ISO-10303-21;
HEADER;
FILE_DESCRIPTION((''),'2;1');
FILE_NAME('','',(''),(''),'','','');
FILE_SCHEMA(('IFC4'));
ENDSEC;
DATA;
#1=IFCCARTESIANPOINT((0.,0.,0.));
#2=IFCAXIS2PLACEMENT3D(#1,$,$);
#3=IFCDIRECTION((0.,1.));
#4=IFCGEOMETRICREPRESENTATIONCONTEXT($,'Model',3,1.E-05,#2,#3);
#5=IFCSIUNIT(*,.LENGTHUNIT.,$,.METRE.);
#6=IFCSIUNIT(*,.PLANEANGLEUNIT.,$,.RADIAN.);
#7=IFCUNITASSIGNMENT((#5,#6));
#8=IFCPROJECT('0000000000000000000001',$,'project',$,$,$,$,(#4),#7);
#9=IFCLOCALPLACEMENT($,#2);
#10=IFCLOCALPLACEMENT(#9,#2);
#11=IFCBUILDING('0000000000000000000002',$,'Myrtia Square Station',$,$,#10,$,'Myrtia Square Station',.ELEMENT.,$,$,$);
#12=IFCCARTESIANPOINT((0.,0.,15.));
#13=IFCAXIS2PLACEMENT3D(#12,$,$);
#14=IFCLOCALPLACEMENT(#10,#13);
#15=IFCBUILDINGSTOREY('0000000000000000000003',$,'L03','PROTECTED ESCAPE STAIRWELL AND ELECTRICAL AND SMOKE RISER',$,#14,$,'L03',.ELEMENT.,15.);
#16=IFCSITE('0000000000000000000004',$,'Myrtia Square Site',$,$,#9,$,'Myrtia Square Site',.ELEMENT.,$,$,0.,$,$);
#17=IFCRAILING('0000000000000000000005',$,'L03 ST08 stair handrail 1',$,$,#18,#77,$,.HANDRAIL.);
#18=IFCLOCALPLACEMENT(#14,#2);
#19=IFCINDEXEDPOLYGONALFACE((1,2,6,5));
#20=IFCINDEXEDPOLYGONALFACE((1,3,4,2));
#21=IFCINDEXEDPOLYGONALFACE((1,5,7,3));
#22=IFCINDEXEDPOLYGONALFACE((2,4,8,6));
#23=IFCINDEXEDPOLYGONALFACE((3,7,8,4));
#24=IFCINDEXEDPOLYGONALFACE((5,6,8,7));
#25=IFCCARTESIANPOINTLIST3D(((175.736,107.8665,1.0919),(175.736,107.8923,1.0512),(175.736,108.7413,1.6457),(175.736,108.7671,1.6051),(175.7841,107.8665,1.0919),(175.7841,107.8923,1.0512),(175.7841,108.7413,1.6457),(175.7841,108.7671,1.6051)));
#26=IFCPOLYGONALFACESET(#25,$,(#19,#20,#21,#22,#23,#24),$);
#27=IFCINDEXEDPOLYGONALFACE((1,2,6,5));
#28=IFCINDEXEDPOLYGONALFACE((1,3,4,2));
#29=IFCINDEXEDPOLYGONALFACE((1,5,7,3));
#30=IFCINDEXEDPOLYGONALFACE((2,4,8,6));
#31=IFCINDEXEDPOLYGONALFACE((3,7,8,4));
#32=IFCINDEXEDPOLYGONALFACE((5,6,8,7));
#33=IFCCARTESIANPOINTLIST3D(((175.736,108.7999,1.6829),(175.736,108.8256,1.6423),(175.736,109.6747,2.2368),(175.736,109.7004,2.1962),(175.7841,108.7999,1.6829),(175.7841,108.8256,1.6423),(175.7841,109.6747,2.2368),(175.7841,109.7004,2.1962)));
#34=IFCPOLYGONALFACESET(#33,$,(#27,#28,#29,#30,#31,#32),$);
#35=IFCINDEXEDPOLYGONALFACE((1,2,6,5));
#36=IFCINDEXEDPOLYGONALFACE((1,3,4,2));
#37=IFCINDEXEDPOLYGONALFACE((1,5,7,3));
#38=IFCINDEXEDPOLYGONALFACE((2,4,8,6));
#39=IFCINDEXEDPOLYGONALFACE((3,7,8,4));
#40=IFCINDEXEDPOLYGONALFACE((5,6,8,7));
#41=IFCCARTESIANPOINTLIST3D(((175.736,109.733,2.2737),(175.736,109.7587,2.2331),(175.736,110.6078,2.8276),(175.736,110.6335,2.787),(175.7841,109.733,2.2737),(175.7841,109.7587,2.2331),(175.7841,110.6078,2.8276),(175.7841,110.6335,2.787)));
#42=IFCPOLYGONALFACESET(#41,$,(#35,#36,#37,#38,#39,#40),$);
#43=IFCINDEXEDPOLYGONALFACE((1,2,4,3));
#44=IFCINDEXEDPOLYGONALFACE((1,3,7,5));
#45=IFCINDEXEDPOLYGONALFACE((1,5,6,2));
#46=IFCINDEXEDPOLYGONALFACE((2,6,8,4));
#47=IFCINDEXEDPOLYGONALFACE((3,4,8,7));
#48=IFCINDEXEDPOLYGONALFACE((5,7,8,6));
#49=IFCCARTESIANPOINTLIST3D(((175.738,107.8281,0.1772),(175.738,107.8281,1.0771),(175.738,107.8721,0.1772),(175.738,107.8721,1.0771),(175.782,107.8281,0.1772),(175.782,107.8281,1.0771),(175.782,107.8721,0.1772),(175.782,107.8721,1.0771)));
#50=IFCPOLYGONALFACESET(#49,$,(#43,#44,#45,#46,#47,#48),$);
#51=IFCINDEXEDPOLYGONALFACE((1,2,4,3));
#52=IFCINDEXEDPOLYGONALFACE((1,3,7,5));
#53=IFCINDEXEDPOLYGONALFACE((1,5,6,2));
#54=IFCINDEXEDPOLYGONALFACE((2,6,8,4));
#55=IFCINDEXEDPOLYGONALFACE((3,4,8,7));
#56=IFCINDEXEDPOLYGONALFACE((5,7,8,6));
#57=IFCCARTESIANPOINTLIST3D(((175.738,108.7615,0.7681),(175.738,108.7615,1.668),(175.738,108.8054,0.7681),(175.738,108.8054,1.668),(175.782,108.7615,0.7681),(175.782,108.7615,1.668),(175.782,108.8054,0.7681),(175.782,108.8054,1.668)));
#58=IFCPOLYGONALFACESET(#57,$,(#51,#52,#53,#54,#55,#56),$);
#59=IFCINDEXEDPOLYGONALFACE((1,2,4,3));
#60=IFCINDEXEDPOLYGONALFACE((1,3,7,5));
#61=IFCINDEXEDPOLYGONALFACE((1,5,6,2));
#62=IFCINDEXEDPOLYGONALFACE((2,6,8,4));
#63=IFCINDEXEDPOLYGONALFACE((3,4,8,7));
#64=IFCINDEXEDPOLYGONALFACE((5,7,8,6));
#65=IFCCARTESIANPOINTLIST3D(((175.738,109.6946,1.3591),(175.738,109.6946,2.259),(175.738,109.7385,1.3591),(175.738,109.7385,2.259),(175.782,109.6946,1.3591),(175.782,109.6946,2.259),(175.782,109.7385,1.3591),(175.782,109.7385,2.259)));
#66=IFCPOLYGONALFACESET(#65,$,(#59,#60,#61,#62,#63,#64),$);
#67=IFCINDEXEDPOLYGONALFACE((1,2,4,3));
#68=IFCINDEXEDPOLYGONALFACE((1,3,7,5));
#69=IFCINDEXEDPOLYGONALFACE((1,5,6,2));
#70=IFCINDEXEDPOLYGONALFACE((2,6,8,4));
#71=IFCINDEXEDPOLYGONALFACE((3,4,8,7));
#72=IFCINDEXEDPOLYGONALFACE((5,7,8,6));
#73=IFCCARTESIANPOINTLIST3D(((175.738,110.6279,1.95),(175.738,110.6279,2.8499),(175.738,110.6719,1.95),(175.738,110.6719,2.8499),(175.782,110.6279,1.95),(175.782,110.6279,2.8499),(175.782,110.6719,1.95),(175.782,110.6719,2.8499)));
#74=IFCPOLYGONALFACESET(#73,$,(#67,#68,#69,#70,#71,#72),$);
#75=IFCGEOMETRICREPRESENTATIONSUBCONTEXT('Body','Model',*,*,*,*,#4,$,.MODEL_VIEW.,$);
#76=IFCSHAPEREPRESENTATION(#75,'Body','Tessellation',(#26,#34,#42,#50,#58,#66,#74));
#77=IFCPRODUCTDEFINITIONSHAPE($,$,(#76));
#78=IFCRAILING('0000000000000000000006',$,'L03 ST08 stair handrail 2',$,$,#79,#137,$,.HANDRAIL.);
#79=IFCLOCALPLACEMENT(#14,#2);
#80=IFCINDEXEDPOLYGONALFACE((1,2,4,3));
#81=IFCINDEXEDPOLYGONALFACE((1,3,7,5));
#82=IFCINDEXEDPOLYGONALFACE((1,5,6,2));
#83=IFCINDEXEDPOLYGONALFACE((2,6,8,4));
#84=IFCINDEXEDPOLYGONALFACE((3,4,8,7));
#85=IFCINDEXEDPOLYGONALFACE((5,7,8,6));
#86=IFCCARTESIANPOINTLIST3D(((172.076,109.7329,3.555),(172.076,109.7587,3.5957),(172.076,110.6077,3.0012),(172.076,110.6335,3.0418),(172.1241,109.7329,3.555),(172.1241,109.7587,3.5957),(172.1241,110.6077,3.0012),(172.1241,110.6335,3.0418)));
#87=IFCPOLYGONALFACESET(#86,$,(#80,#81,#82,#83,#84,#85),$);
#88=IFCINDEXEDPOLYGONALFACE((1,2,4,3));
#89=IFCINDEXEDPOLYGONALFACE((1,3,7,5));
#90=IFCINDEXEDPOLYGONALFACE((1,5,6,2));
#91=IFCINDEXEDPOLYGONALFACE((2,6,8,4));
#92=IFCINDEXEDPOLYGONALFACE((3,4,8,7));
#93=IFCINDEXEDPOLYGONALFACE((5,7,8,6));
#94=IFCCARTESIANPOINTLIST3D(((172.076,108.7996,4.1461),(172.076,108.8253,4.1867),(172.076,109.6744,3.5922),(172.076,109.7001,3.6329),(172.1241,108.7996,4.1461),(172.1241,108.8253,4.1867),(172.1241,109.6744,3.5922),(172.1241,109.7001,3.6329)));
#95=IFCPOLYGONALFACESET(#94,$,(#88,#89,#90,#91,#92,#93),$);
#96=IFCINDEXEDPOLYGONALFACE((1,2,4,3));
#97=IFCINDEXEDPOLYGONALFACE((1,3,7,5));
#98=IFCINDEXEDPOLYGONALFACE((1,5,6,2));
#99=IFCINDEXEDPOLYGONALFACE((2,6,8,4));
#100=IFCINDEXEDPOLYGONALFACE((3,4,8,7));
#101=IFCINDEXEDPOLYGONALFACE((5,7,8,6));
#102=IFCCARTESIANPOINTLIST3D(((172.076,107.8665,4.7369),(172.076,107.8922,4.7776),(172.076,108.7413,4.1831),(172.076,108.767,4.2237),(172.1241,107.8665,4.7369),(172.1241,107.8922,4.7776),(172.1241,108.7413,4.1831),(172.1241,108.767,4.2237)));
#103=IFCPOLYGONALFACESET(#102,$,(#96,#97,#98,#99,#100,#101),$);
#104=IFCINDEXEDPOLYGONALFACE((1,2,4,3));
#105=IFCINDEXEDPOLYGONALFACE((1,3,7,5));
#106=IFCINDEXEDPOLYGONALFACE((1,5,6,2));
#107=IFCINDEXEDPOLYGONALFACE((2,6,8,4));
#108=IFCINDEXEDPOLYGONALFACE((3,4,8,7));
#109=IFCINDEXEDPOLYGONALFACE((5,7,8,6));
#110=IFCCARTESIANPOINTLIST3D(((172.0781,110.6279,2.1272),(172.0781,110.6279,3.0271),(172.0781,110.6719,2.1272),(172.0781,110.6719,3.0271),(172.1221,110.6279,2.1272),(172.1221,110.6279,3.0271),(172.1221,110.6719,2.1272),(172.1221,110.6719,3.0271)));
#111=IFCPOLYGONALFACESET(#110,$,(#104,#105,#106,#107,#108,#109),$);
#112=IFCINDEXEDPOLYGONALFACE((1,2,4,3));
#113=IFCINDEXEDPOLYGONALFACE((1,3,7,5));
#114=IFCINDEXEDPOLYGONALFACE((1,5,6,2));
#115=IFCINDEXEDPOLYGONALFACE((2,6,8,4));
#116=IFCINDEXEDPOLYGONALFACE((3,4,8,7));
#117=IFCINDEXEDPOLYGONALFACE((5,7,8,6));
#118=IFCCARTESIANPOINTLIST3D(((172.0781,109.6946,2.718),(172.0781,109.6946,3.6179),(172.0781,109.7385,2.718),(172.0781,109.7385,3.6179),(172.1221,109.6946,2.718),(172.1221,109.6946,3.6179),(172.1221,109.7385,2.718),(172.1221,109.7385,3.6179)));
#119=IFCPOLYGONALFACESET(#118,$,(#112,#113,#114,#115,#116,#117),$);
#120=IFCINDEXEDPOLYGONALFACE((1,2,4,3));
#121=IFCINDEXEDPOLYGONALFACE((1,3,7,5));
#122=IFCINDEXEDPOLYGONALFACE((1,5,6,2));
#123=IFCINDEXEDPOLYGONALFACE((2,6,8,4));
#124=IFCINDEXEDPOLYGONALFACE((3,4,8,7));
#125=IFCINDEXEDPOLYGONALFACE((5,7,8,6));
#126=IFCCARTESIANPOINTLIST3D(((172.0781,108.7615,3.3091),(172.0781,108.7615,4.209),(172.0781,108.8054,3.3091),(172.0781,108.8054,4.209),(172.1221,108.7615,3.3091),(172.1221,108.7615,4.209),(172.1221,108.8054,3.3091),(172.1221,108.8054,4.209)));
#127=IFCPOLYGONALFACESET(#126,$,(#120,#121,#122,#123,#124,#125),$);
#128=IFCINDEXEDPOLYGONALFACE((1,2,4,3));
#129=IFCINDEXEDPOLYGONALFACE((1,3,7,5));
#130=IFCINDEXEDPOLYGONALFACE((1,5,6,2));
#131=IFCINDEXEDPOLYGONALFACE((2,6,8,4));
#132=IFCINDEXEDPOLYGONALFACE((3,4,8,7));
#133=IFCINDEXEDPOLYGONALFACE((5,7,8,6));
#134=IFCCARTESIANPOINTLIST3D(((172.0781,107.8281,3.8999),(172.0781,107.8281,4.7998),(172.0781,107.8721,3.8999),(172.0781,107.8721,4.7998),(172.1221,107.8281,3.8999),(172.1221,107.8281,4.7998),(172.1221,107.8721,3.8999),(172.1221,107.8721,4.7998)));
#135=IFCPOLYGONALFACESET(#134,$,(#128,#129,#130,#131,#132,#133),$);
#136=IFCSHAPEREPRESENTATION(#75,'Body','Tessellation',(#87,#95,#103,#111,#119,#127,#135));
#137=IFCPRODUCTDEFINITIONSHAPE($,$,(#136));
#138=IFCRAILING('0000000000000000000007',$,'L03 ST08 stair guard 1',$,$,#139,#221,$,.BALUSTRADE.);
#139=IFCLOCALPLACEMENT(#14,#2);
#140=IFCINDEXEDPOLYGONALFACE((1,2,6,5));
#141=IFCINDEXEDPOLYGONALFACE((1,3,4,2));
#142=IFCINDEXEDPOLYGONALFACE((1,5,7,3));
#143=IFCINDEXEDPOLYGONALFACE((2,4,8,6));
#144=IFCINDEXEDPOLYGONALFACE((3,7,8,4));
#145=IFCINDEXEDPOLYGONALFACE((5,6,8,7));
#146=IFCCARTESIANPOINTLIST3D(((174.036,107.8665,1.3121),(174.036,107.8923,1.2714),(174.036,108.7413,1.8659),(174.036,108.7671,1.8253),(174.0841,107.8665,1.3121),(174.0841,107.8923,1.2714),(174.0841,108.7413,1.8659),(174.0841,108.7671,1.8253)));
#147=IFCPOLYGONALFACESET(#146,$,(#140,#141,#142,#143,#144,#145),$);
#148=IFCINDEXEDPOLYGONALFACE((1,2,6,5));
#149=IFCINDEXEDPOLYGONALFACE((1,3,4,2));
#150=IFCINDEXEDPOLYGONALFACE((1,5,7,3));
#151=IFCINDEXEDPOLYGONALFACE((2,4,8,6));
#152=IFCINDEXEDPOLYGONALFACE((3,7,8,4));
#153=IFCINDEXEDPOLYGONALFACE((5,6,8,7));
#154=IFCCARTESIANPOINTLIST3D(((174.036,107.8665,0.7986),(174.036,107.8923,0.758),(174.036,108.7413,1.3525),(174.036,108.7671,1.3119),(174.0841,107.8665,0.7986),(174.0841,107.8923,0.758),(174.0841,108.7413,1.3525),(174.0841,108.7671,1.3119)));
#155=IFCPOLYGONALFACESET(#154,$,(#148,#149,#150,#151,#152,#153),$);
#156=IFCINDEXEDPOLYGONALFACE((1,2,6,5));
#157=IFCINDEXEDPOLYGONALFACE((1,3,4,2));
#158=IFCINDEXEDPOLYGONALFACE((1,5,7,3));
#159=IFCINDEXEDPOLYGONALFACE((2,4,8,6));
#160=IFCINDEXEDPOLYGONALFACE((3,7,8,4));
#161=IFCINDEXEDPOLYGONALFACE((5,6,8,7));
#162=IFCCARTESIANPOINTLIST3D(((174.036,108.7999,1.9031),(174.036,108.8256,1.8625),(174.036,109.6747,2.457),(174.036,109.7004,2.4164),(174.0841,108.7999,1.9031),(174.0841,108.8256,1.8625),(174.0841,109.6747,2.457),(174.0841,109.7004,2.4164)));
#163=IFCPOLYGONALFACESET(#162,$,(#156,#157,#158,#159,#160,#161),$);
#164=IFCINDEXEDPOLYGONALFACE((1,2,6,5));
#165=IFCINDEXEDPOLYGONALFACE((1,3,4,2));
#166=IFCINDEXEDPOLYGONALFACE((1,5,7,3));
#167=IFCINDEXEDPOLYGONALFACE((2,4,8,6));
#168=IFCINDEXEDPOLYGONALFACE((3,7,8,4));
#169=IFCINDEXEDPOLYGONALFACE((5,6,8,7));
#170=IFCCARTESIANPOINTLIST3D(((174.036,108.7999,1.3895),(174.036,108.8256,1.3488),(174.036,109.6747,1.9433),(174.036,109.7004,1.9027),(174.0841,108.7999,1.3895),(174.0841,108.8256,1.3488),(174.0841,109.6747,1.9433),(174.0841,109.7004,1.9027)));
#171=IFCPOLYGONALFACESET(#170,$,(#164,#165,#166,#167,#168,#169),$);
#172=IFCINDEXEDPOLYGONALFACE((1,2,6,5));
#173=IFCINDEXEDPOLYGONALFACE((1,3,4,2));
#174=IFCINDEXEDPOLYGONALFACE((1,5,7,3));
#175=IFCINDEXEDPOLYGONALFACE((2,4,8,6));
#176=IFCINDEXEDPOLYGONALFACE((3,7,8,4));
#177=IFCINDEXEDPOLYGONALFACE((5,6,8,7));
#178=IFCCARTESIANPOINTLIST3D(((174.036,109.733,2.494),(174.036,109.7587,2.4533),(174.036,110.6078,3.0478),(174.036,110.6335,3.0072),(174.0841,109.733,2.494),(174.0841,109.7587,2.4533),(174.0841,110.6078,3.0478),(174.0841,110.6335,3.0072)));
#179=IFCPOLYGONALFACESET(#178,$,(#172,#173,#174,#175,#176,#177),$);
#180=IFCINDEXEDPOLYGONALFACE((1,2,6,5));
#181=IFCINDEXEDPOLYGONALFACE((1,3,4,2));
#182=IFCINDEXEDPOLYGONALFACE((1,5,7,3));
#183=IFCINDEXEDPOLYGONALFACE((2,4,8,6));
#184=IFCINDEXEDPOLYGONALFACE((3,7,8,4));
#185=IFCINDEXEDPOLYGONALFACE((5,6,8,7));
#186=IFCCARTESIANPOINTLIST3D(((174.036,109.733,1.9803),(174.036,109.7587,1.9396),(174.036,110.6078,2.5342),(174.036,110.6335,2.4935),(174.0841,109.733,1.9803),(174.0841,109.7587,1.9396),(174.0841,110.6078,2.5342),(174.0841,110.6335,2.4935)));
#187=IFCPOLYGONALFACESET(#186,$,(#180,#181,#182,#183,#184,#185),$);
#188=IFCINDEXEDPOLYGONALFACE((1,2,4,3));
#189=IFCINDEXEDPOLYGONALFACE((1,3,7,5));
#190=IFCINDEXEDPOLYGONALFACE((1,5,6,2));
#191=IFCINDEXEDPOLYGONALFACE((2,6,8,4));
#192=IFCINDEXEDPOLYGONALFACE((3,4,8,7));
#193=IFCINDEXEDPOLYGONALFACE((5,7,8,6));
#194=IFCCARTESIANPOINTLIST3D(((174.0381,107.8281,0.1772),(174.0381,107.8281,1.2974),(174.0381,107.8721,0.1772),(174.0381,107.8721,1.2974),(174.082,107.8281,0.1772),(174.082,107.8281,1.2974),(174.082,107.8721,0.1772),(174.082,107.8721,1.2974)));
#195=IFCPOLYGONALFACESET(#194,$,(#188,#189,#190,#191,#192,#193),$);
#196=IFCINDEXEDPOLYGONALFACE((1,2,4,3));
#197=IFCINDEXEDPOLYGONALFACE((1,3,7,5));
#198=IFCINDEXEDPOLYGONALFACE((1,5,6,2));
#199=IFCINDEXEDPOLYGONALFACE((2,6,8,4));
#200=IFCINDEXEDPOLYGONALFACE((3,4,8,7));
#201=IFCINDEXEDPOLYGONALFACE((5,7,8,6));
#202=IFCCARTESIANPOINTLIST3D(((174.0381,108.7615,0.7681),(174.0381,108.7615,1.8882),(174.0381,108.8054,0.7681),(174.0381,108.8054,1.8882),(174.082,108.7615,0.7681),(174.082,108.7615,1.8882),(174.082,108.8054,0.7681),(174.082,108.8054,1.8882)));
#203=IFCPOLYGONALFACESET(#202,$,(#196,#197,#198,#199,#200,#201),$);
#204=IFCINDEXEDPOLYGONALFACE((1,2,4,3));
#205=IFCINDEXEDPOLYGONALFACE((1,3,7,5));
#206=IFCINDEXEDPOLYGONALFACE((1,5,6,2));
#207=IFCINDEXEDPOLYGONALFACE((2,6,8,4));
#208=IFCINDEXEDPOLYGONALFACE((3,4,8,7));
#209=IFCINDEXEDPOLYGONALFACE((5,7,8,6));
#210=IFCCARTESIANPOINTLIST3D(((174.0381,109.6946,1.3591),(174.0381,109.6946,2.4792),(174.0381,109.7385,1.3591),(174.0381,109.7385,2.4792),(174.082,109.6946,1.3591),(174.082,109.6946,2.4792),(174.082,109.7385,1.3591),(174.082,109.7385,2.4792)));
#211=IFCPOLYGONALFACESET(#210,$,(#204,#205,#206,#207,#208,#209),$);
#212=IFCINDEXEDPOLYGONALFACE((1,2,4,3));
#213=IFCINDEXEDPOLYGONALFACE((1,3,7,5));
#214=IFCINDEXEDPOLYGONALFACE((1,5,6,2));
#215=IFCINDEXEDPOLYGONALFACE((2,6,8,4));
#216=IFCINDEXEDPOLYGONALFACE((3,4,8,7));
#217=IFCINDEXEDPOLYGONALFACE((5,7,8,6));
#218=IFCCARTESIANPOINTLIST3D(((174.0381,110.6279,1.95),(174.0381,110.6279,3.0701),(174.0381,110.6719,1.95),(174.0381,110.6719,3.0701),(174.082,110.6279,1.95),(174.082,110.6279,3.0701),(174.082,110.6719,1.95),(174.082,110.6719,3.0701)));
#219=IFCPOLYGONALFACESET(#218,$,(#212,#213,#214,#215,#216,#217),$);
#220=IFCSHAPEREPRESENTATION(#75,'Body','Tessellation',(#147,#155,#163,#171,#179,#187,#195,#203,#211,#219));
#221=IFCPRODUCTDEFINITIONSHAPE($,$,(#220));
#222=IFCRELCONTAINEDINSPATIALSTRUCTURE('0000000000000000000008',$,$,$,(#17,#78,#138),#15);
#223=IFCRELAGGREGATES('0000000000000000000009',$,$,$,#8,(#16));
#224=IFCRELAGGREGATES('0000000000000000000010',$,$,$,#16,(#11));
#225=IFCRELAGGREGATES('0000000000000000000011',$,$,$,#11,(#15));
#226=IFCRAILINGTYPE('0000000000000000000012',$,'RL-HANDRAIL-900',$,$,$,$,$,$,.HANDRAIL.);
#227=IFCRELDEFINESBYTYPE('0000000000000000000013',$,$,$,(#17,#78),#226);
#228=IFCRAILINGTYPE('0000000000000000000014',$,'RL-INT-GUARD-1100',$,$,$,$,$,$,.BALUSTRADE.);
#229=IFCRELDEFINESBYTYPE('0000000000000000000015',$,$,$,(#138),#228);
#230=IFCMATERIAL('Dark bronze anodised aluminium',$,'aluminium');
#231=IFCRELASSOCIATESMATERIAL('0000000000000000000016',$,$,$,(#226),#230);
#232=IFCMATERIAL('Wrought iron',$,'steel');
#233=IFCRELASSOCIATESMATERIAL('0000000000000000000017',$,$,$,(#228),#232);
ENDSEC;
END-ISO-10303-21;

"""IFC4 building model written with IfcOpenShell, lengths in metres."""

from ifc_helpers import new_model, si_unit, direction, frame, origin, origin_2d, place, context, subcontext, project, spatial, rectangle, extrude, material, type_object, element, save


model = new_model("IFC4")

# Units and contexts
model_context = context("Model", 3, precision=1e-05, world=origin(), true_north=direction((0.0, 1.0)))
body_context = subcontext(model_context, "Body", "Model", "MODEL_VIEW")
ifc_project = project(units=[si_unit("LENGTHUNIT", "METRE"), si_unit("PLANEANGLEUNIT", "RADIAN")], contexts=[model_context])

# Site, building, storey
site_placement = place(None, origin())
site = spatial("IfcSite", under=ifc_project, at=site_placement, Name="Myrtia Square Site", LongName="Myrtia Square Site", CompositionType="ELEMENT", RefElevation=0.0)
building_placement = place(site_placement, origin())
building = spatial("IfcBuilding", under=site, at=building_placement, Name="Myrtia Square Station", LongName="Myrtia Square Station", CompositionType="ELEMENT")
storey_placement = place(building_placement, frame((0.0, 0.0, 15.0)))
storey = spatial("IfcBuildingStorey", under=building, at=storey_placement, Name="L03", Description="PROTECTED ESCAPE STAIRWELL AND ELECTRICAL AND SMOKE RISER", LongName="L03", CompositionType="ELEMENT", Elevation=15.0)

# Shared definitions
ifc_material_1 = material(Name="Dark bronze anodised aluminium", Category="aluminium")

# Railings
railing_type_1 = type_object("IfcRailingType", Name="RL-HANDRAIL-900", PredefinedType="HANDRAIL", material=ifc_material_1)
railing_1_placement = place(storey_placement, frame((175.76, 107.8501, 0.1772)))
element("IfcRailing", 1, at=railing_1_placement, inside=storey, type_object=railing_type_1, Name="L03 ST08 stair handrail 1", PredefinedType="HANDRAIL", context=body_context, shape_type="SweptSolid", body=[
    extrude(rectangle(XDim=0.0481, YDim=0.0481, at=origin_2d()), frame((0.0, 0.0293, 0.8943), z_axis=(0.0, 0.844888, 0.534943), x_axis=(-1.0, 0.0, 0.0)), (0.0, 0.0, 1.0), 1.0354),
    extrude(rectangle(XDim=0.0481, YDim=0.0481, at=origin_2d()), frame((0.0, 0.9626, 1.4854), z_axis=(0.0, 0.844888, 0.534943), x_axis=(-1.0, 0.0, 0.0)), (0.0, 0.0, 1.0), 1.0354),
    extrude(rectangle(XDim=0.0481, YDim=0.0481, at=origin_2d()), frame((0.0, 1.8958, 2.0762), z_axis=(0.0, 0.844888, 0.534943), x_axis=(-1.0, 0.0, 0.0)), (0.0, 0.0, 1.0), 1.0354),
    extrude(rectangle(XDim=0.0439, YDim=0.0439, at=origin_2d()), origin(), (0.0, 0.0, 1.0), 0.8999),
    extrude(rectangle(XDim=0.0439, YDim=0.0439, at=origin_2d()), frame((0.0, 0.9333, 0.5908)), (0.0, 0.0, 1.0), 0.8999),
    extrude(rectangle(XDim=0.0439, YDim=0.0439, at=origin_2d()), frame((0.0, 1.8665, 1.1819)), (0.0, 0.0, 1.0), 0.8999),
    extrude(rectangle(XDim=0.0439, YDim=0.0439, at=origin_2d()), frame((0.0, 2.7998, 1.7727)), (0.0, 0.0, 1.0), 0.8999),
])
railing_2_placement = place(storey_placement, frame((172.1001, 110.6499, 2.1272)))
element("IfcRailing", 2, at=railing_2_placement, inside=storey, type_object=railing_type_1, Name="L03 ST08 stair handrail 2", PredefinedType="HANDRAIL", context=body_context, shape_type="SweptSolid", body=[
    extrude(rectangle(XDim=0.0481, YDim=0.0481, at=origin_2d()), frame((0.0, -0.0293, 0.8943), z_axis=(0.0, -0.844888, 0.534943), x_axis=(1.0, 0.0, 0.0)), (0.0, 0.0, 1.0), 1.0354),
    extrude(rectangle(XDim=0.0481, YDim=0.0481, at=origin_2d()), frame((0.0, -0.9626, 1.4854), z_axis=(0.0, -0.844888, 0.534943), x_axis=(1.0, 0.0, 0.0)), (0.0, 0.0, 1.0), 1.0354),
    extrude(rectangle(XDim=0.0481, YDim=0.0481, at=origin_2d()), frame((0.0, -1.8958, 2.0762), z_axis=(0.0, -0.844888, 0.534943), x_axis=(1.0, 0.0, 0.0)), (0.0, 0.0, 1.0), 1.0354),
    extrude(rectangle(XDim=0.0439, YDim=0.0439, at=origin_2d()), origin(), (0.0, 0.0, 1.0), 0.8999),
    extrude(rectangle(XDim=0.0439, YDim=0.0439, at=origin_2d()), frame((0.0, -0.9333, 0.5908)), (0.0, 0.0, 1.0), 0.8999),
    extrude(rectangle(XDim=0.0439, YDim=0.0439, at=origin_2d()), frame((0.0, -1.8665, 1.1819)), (0.0, 0.0, 1.0), 0.8999),
    extrude(rectangle(XDim=0.0439, YDim=0.0439, at=origin_2d()), frame((0.0, -2.7998, 1.7727)), (0.0, 0.0, 1.0), 0.8999),
])
ifc_material_2 = material(Name="Wrought iron", Category="steel")
railing_type_2 = type_object("IfcRailingType", Name="RL-INT-GUARD-1100", PredefinedType="BALUSTRADE", material=ifc_material_2)
railing_3_placement = place(storey_placement, frame((174.0601, 107.8501, 0.1772)))
element("IfcRailing", 3, at=railing_3_placement, inside=storey, type_object=railing_type_2, Name="L03 ST08 stair guard 1", PredefinedType="BALUSTRADE", context=body_context, shape_type="SweptSolid", body=[
    extrude(rectangle(XDim=0.0481, YDim=0.0481, at=origin_2d()), frame((0.0, 0.0293, 1.1145), z_axis=(0.0, 0.844888, 0.534943), x_axis=(-1.0, 0.0, 0.0)), (0.0, 0.0, 1.0), 1.0354),
    extrude(rectangle(XDim=0.0481, YDim=0.0481, at=origin_2d()), frame((0.0, 0.0293, 0.6011), z_axis=(0.0, 0.844888, 0.534943), x_axis=(-1.0, 0.0, 0.0)), (0.0, 0.0, 1.0), 1.0354),
    extrude(rectangle(XDim=0.0481, YDim=0.0481, at=origin_2d()), frame((0.0, 0.9626, 1.7056), z_axis=(0.0, 0.844888, 0.534943), x_axis=(-1.0, 0.0, 0.0)), (0.0, 0.0, 1.0), 1.0354),
    extrude(rectangle(XDim=0.0481, YDim=0.0481, at=origin_2d()), frame((0.0, 0.9626, 1.1919), z_axis=(0.0, 0.844888, 0.534943), x_axis=(-1.0, 0.0, 0.0)), (0.0, 0.0, 1.0), 1.0354),
    extrude(rectangle(XDim=0.0481, YDim=0.0481, at=origin_2d()), frame((0.0, 1.8958, 2.2964), z_axis=(0.0, 0.844888, 0.534943), x_axis=(-1.0, 0.0, 0.0)), (0.0, 0.0, 1.0), 1.0354),
    extrude(rectangle(XDim=0.0481, YDim=0.0481, at=origin_2d()), frame((0.0, 1.8958, 1.7827), z_axis=(0.0, 0.844888, 0.534943), x_axis=(-1.0, 0.0, 0.0)), (0.0, 0.0, 1.0), 1.0354),
    extrude(rectangle(XDim=0.0439, YDim=0.0439, at=origin_2d()), origin(), (0.0, 0.0, 1.0), 1.1201),
    extrude(rectangle(XDim=0.0439, YDim=0.0439, at=origin_2d()), frame((0.0, 0.9333, 0.5908)), (0.0, 0.0, 1.0), 1.1201),
    extrude(rectangle(XDim=0.0439, YDim=0.0439, at=origin_2d()), frame((0.0, 1.8665, 1.1819)), (0.0, 0.0, 1.0), 1.1201),
    extrude(rectangle(XDim=0.0439, YDim=0.0439, at=origin_2d()), frame((0.0, 2.7998, 1.7727)), (0.0, 0.0, 1.0), 1.1201),
])

save(model, "model.ifc")
